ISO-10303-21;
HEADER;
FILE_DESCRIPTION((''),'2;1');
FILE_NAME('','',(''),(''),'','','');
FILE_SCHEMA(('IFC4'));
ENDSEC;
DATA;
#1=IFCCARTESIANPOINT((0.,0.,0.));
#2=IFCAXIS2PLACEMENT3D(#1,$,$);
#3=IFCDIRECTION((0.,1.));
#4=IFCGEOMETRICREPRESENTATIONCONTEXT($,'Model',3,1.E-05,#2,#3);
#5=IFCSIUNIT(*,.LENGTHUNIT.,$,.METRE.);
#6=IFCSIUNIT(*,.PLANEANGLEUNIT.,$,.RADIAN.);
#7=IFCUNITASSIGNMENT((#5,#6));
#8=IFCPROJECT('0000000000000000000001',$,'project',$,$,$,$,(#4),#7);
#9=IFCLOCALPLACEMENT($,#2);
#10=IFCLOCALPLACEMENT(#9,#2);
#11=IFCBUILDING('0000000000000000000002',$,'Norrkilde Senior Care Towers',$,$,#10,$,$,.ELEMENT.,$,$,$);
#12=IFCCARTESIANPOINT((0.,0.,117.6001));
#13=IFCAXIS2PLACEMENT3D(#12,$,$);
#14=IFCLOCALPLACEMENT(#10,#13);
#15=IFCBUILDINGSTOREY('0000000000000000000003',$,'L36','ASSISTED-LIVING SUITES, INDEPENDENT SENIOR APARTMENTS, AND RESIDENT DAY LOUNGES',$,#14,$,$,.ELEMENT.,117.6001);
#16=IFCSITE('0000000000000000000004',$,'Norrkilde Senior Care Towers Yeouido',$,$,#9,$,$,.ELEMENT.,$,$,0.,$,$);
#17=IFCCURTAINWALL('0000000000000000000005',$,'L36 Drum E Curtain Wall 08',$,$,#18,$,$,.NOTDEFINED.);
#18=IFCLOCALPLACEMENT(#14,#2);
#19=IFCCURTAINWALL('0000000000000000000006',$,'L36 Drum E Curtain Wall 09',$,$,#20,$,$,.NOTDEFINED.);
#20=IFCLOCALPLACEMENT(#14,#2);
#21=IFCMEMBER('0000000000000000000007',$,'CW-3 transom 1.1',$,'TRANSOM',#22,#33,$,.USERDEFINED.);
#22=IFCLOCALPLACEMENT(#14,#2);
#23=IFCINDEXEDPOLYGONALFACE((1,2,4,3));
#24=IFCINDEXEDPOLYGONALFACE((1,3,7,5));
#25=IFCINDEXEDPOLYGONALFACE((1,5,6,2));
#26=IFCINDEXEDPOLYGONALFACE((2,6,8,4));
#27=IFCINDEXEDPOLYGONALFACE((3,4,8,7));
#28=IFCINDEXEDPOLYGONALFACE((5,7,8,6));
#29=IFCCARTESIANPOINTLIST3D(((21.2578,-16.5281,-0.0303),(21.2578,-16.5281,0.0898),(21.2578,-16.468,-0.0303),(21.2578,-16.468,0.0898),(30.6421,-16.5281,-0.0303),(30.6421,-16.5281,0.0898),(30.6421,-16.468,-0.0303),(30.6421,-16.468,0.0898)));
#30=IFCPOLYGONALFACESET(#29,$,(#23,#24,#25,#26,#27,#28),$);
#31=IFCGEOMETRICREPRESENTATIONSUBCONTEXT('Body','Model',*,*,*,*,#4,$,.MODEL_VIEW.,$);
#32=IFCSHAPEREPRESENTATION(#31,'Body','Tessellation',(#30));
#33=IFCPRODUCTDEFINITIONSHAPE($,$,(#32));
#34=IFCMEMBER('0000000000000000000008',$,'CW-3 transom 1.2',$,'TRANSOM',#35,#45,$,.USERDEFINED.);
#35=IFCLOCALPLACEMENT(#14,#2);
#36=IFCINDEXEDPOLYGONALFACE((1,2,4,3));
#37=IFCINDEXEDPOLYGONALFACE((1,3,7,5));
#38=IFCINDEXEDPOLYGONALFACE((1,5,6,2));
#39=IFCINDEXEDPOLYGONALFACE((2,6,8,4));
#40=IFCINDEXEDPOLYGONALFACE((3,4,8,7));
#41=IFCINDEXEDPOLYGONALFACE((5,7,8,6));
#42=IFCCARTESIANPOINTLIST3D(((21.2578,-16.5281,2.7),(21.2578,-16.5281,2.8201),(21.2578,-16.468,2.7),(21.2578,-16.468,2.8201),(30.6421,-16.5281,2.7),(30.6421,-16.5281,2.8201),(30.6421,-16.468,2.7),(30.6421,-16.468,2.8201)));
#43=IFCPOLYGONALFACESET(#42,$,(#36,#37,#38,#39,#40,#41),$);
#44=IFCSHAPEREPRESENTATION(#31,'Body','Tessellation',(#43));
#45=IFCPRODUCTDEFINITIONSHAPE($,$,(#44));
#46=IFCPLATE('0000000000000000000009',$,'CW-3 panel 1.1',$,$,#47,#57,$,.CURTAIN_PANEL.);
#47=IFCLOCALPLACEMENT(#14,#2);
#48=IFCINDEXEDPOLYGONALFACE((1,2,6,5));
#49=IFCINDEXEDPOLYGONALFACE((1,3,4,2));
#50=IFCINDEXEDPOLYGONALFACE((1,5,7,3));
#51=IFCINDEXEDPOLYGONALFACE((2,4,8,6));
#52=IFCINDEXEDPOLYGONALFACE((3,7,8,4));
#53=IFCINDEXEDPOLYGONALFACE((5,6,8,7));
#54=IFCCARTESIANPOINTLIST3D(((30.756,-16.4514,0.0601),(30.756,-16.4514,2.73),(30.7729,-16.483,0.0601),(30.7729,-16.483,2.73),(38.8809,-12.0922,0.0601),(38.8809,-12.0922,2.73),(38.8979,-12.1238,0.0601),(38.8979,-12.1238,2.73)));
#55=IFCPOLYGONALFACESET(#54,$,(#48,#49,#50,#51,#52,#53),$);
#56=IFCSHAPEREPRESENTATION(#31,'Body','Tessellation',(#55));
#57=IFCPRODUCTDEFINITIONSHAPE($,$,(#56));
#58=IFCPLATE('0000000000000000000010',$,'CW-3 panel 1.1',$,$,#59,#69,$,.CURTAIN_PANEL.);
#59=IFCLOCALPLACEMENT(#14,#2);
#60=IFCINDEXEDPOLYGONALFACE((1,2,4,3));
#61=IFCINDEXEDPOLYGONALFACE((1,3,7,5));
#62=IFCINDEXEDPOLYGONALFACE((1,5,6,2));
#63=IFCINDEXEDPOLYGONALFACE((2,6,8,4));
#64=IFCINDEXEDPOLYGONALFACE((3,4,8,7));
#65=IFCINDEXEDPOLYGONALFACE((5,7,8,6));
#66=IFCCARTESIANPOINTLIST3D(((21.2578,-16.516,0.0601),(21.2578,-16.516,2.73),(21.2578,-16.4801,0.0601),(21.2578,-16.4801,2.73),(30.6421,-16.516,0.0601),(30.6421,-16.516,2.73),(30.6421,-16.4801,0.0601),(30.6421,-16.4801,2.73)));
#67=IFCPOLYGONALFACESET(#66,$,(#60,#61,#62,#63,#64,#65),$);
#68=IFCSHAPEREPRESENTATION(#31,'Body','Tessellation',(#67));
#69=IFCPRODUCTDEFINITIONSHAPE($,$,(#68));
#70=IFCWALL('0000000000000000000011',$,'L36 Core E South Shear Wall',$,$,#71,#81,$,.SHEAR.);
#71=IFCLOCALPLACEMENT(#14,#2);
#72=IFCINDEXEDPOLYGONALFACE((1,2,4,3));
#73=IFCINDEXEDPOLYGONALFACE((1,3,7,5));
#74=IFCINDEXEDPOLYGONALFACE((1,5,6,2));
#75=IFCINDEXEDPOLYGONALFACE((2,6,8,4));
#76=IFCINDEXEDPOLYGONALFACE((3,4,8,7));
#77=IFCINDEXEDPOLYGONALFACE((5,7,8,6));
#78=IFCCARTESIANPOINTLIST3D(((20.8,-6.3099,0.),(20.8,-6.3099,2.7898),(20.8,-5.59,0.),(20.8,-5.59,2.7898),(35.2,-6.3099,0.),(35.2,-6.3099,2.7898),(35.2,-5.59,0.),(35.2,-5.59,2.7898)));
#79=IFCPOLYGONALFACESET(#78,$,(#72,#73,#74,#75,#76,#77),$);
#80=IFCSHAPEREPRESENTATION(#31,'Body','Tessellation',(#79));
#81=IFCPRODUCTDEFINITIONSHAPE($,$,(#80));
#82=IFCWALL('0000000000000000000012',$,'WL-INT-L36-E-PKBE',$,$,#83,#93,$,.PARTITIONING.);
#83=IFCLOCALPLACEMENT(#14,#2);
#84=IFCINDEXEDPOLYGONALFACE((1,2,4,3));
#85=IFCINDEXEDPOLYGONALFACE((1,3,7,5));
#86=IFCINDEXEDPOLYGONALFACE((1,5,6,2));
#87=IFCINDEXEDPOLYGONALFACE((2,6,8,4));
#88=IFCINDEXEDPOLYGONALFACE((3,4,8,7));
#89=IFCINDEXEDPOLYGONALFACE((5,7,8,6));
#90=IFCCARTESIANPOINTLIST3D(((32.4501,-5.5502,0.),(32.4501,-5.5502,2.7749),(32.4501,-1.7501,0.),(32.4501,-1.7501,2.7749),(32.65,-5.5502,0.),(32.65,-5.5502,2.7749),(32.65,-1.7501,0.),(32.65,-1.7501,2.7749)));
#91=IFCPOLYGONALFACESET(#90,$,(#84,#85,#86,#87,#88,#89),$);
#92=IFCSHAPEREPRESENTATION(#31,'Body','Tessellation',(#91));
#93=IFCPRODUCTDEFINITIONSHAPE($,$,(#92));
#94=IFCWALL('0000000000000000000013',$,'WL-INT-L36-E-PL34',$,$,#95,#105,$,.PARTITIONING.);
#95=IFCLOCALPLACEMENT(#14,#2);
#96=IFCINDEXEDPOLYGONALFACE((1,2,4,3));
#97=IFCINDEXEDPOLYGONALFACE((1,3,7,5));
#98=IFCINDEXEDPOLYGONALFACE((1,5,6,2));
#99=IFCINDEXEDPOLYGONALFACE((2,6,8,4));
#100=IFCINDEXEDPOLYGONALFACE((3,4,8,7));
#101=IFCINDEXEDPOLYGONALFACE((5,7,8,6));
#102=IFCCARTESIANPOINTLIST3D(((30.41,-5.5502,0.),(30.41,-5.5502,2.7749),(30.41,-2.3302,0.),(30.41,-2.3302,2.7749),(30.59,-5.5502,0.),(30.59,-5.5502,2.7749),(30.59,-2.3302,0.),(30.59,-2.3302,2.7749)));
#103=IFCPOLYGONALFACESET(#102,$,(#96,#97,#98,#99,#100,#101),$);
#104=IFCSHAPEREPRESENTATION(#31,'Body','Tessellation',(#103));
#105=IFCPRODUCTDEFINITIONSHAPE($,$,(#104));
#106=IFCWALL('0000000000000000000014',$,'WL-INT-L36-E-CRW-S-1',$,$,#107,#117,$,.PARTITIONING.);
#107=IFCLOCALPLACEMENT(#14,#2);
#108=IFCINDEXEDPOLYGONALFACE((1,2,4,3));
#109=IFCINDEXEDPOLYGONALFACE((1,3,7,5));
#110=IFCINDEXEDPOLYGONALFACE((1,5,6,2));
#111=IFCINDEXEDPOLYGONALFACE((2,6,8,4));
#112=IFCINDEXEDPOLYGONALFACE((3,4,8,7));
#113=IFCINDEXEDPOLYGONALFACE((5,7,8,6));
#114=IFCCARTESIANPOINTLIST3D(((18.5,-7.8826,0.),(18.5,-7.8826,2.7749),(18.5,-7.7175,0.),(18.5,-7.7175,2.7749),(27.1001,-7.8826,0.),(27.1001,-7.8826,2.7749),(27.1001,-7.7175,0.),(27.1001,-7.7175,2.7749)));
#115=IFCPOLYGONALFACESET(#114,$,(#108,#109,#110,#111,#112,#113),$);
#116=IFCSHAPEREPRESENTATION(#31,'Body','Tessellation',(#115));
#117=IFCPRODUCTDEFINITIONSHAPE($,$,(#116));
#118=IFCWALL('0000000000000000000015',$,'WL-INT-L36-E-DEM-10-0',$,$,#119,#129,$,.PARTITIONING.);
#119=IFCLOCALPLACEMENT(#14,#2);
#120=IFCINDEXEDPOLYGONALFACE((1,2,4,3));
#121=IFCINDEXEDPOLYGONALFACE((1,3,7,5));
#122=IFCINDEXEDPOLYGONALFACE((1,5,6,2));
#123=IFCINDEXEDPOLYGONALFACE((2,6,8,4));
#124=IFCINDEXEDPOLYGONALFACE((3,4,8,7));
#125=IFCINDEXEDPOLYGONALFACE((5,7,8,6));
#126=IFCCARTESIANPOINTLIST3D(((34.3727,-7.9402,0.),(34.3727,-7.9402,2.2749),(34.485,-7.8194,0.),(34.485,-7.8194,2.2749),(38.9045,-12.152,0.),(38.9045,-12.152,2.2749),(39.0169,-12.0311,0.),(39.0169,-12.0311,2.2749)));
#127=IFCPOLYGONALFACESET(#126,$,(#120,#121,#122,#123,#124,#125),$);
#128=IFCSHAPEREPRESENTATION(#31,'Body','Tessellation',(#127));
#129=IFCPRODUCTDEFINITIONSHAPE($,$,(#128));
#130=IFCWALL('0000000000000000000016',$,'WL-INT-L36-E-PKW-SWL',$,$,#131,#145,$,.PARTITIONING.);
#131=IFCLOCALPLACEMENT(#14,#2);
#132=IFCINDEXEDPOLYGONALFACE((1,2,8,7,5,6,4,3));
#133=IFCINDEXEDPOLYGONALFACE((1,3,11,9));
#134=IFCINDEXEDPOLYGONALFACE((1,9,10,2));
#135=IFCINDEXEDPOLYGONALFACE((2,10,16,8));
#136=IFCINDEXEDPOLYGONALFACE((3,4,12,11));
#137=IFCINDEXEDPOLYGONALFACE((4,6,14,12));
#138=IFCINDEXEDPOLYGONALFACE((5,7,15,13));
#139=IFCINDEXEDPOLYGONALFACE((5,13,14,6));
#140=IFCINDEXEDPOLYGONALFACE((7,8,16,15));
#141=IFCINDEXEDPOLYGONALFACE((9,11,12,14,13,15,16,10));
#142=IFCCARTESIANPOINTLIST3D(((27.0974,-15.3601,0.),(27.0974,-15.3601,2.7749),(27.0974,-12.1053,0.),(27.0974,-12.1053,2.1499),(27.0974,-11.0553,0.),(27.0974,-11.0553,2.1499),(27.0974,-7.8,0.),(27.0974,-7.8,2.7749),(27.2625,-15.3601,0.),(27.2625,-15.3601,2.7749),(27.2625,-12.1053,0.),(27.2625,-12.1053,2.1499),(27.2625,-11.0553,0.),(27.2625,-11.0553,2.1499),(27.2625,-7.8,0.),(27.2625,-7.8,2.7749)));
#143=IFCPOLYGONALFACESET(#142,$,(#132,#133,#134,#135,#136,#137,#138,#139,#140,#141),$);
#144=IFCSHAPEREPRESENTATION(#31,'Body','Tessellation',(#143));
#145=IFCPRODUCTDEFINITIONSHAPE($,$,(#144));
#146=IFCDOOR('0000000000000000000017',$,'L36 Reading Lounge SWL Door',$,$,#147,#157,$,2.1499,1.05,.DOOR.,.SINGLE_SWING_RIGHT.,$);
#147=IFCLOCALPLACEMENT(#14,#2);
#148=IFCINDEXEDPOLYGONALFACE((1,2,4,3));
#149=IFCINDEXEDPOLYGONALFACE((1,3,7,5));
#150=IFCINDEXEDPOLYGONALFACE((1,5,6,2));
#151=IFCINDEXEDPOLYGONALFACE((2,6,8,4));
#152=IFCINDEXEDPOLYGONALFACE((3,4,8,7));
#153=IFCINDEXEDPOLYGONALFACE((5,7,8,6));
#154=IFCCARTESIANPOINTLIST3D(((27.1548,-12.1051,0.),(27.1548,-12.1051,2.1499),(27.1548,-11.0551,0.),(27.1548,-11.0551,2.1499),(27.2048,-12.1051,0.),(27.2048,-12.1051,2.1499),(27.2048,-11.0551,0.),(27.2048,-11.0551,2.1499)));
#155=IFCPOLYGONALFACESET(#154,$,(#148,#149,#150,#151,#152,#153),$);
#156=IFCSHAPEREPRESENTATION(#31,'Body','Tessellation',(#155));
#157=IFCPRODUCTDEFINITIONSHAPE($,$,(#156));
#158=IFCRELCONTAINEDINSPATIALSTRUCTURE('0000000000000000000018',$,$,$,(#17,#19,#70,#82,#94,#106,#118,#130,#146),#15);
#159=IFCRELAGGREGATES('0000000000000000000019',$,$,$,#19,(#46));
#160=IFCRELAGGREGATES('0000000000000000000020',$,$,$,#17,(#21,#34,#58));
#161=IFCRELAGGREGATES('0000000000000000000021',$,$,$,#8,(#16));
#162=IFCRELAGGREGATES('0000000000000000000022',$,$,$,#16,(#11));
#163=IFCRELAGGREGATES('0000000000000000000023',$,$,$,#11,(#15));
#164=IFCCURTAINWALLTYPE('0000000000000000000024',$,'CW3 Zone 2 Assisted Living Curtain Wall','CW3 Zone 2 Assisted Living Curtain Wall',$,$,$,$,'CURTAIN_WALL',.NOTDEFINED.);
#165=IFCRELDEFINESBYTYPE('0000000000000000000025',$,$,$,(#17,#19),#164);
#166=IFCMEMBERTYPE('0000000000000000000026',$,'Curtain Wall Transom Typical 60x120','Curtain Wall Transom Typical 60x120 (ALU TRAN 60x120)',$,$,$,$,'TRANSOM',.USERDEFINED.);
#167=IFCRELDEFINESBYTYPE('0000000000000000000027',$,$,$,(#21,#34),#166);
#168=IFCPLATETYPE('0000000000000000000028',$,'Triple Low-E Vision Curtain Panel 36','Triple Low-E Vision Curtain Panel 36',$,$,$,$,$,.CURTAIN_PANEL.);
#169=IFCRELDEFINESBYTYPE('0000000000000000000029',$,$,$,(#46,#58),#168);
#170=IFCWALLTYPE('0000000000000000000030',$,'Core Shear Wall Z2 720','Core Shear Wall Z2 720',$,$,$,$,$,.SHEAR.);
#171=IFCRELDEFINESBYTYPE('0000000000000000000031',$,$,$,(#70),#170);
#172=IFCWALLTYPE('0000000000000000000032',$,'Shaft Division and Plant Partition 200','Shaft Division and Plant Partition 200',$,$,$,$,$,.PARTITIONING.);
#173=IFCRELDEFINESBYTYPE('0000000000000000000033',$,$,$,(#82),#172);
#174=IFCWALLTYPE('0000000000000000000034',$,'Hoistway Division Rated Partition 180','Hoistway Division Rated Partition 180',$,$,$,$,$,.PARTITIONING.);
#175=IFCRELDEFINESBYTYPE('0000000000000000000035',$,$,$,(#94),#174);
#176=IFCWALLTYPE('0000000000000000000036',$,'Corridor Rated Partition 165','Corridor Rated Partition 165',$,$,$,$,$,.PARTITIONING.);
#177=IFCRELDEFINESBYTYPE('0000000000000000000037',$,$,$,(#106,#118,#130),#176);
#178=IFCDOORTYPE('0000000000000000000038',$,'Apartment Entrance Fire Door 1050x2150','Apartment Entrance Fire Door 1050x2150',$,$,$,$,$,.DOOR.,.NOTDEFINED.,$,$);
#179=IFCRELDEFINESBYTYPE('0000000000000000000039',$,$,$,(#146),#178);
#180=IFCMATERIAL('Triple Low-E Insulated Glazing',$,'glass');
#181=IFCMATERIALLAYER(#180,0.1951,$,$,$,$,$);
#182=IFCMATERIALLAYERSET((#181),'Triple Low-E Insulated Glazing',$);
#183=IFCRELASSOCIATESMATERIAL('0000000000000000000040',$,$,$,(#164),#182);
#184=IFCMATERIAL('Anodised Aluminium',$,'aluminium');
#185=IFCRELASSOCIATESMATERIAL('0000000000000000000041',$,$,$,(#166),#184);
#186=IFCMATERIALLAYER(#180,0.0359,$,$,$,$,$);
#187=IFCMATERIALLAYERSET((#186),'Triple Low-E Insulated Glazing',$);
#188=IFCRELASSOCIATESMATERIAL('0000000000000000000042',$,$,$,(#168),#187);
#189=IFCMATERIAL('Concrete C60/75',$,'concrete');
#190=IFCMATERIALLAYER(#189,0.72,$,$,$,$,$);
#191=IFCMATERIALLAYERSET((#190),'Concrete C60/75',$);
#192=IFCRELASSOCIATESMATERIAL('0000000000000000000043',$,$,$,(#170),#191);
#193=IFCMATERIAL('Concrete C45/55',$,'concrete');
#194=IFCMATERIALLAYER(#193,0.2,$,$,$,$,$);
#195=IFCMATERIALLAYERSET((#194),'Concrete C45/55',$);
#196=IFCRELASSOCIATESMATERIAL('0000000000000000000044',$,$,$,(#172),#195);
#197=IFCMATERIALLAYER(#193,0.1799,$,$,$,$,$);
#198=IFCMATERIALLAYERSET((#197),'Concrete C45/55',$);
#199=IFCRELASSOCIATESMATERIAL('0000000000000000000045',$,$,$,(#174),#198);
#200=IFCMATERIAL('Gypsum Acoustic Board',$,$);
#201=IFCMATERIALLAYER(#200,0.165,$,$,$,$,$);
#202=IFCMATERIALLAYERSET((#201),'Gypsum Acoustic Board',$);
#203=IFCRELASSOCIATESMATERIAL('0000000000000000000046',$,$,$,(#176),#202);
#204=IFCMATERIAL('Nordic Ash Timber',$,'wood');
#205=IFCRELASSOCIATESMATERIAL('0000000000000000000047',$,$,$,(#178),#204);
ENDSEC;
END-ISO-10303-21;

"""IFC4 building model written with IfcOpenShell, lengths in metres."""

from ifc_helpers import new_model, si_unit, direction, frame, frame_2d, origin, origin_2d, place, context, subcontext, project, spatial, rectangle, extrude, source, transform, mapped, material, layer, layer_set, material_profile, profile_set, type_object, type_shapes, element, fill, aggregate, save


model = new_model("IFC4")

# Units and contexts
model_context = context("Model", 3, precision=1e-05, world=origin(), true_north=direction((0.0, 1.0)))
body_context = subcontext(model_context, "Body", "Model", "MODEL_VIEW")
ifc_project = project(units=[si_unit("LENGTHUNIT", "METRE"), si_unit("PLANEANGLEUNIT", "RADIAN")], contexts=[model_context])

# Site, building, storey
site_placement = place(None, origin())
site = spatial("IfcSite", under=ifc_project, at=site_placement, Name="Norrkilde Senior Care Towers Yeouido", CompositionType="ELEMENT", RefElevation=0.0)
building_placement = place(site_placement, origin())
building = spatial("IfcBuilding", under=site, at=building_placement, Name="Norrkilde Senior Care Towers", CompositionType="ELEMENT")
storey_placement = place(building_placement, frame((0.0, 0.0, 117.6001)))
storey = spatial("IfcBuildingStorey", under=building, at=storey_placement, Name="L36", Description="ASSISTED-LIVING SUITES, INDEPENDENT SENIOR APARTMENTS, AND RESIDENT DAY LOUNGES", CompositionType="ELEMENT", Elevation=117.6001)

# Shared definitions
ifc_material_1 = material(Name="Concrete C60/75", Category="concrete")

# Curtain walls
ifc_material_2 = material(Name="Triple Low-E Insulated Glazing", Category="glass")
ifc_layer_1 = layer(ifc_material_2, 0.1951)
ifc_layer_set_1 = layer_set([ifc_layer_1], Name="Triple Low-E Insulated Glazing")
curtain_wall_type = type_object("IfcCurtainWallType", Name="CW3 Zone 2 Assisted Living Curtain Wall", Description="CW3 Zone 2 Assisted Living Curtain Wall", ElementType="CURTAIN_WALL", PredefinedType="NOTDEFINED", material=ifc_layer_set_1)
curtain_wall_1_placement = place(storey_placement, origin())
curtain_wall_1 = element("IfcCurtainWall", 1, at=curtain_wall_1_placement, inside=storey, type_object=curtain_wall_type, Name="L36 Drum E Curtain Wall 08", PredefinedType="NOTDEFINED")
ifc_material_3 = material(Name="Anodised Aluminium", Category="aluminium")
curtain_wall_2_placement = place(storey_placement, origin())
curtain_wall_2 = element("IfcCurtainWall", 2, at=curtain_wall_2_placement, inside=storey, type_object=curtain_wall_type, Name="L36 Drum E Curtain Wall 09", PredefinedType="NOTDEFINED")

# Members
ifc_material_profile_1 = material_profile(ifc_material_3, rectangle(XDim=0.0601, YDim=0.1201, at=origin_2d()), Name="ALU TRAN 60x120")
ifc_profile_set_1 = profile_set([ifc_material_profile_1], Name="Anodised Aluminium")
member_type_1 = type_object("IfcMemberType", Name="Curtain Wall Transom Typical 60x120", Description="Curtain Wall Transom Typical 60x120 (ALU TRAN 60x120)", ElementType="TRANSOM", PredefinedType="USERDEFINED", material=ifc_profile_set_1)
shared_shape_1 = source(origin(), body_context, "Body", "SweptSolid", [
    extrude(rectangle(XDim=0.0601, YDim=0.1201, at=origin_2d()), origin(), (0.0, 0.0, 1.0), 9.3843),
])
type_shapes(member_type_1, [shared_shape_1])
member_1_placement = place(storey_placement, frame((30.6421, -16.498, 0.0298), z_axis=(-1.0, 0.0, 0.0), x_axis=(0.0, -1.0, 0.0)))
member_1 = element("IfcMember", 3, at=member_1_placement, type_object=member_type_1, Name="CW-3 transom 1.1", ObjectType="TRANSOM", PredefinedType="USERDEFINED", context=body_context, shape_type="MappedRepresentation", body=[
    mapped(shared_shape_1, transform((0.0, 0.0, 0.0), x_axis=(1.0, 0.0, 0.0), y_axis=(0.0, 1.0, 0.0), z_axis=(0.0, 0.0, 1.0), scale=1.0)),
])
member_2_placement = place(storey_placement, frame((30.6421, -16.498, 2.76), z_axis=(-1.0, 0.0, 0.0), x_axis=(0.0, -1.0, 0.0)))
member_2 = element("IfcMember", 4, at=member_2_placement, type_object=member_type_1, Name="CW-3 transom 1.2", ObjectType="TRANSOM", PredefinedType="USERDEFINED", context=body_context, shape_type="MappedRepresentation", body=[
    mapped(shared_shape_1, transform((0.0, 0.0, 0.0), x_axis=(1.0, 0.0, 0.0), y_axis=(0.0, 1.0, 0.0), z_axis=(0.0, 0.0, 1.0), scale=1.0)),
])

# Plates
ifc_layer_2 = layer(ifc_material_2, 0.0359)
ifc_layer_set_2 = layer_set([ifc_layer_2], Name="Triple Low-E Insulated Glazing")
plate_type = type_object("IfcPlateType", Name="Triple Low-E Vision Curtain Panel 36", Description="Triple Low-E Vision Curtain Panel 36", PredefinedType="CURTAIN_PANEL", material=ifc_layer_set_2)
shared_shape_2 = source(origin(), body_context, "Body", "SweptSolid", [
    extrude(rectangle(XDim=9.2205, YDim=0.0359, at=origin_2d()), origin(), (0.0, 0.0, 1.0), 2.6699),
])
plate_1_placement = place(storey_placement, frame((34.8269, -14.2876, 0.0601), z_axis=(0.0, 0.0, 1.0), x_axis=(-0.881186, -0.472769, 0.0)))
plate_1 = element("IfcPlate", 5, at=plate_1_placement, type_object=plate_type, Name="CW-3 panel 1.1", PredefinedType="CURTAIN_PANEL", context=body_context, shape_type="MappedRepresentation", body=[
    mapped(shared_shape_2, transform((0.0, 0.0, 0.0), x_axis=(1.0, 0.0, 0.0), y_axis=(0.0, 1.0, 0.0), z_axis=(0.0, 0.0, 1.0), scale=1.0)),
])
aggregate(curtain_wall_2, [plate_1])
shared_shape_3 = source(origin(), body_context, "Body", "SweptSolid", [
    extrude(rectangle(XDim=9.3843, YDim=0.0359, at=origin_2d()), origin(), (0.0, 0.0, 1.0), 2.6699),
])
type_shapes(plate_type, [shared_shape_2, shared_shape_3])
plate_2_placement = place(storey_placement, frame((25.95, -16.498, 0.0601), z_axis=(0.0, 0.0, 1.0), x_axis=(-1.0, 0.0, 0.0)))
plate_2 = element("IfcPlate", 6, at=plate_2_placement, type_object=plate_type, Name="CW-3 panel 1.1", PredefinedType="CURTAIN_PANEL", context=body_context, shape_type="MappedRepresentation", body=[
    mapped(shared_shape_3, transform((0.0, 0.0, 0.0), x_axis=(1.0, 0.0, 0.0), y_axis=(0.0, 1.0, 0.0), z_axis=(0.0, 0.0, 1.0), scale=1.0)),
])
aggregate(curtain_wall_1, [member_1, member_2, plate_2])

# Walls
ifc_layer_3 = layer(ifc_material_1, 0.72)
ifc_layer_set_3 = layer_set([ifc_layer_3], Name="Concrete C60/75")
wall_type_1 = type_object("IfcWallType", Name="Core Shear Wall Z2 720", Description="Core Shear Wall Z2 720", PredefinedType="SHEAR", material=ifc_layer_set_3)
shared_shape_4 = source(origin(), body_context, "Body", "SweptSolid", [
    extrude(rectangle(XDim=14.3999, YDim=0.72, at=frame_2d((7.2, 0.0))), origin(), (0.0, 0.0, 1.0), 2.7898),
])
type_shapes(wall_type_1, [shared_shape_4])
wall_1_placement = place(storey_placement, frame((35.2, -5.95, 0.0), z_axis=(0.0, 0.0, 1.0), x_axis=(-1.0, 0.0, 0.0)))
element("IfcWall", 7, at=wall_1_placement, inside=storey, type_object=wall_type_1, Name="L36 Core E South Shear Wall", PredefinedType="SHEAR", context=body_context, shape_type="MappedRepresentation", body=[
    mapped(shared_shape_4, transform((0.0, 0.0, 0.0), x_axis=(1.0, 0.0, 0.0), y_axis=(0.0, 1.0, 0.0), z_axis=(0.0, 0.0, 1.0), scale=1.0)),
])
ifc_material_4 = material(Name="Concrete C45/55", Category="concrete")
ifc_layer_4 = layer(ifc_material_4, 0.2)
ifc_layer_set_4 = layer_set([ifc_layer_4], Name="Concrete C45/55")
wall_type_2 = type_object("IfcWallType", Name="Shaft Division and Plant Partition 200", Description="Shaft Division and Plant Partition 200", PredefinedType="PARTITIONING", material=ifc_layer_set_4)
shared_shape_5 = source(origin(), body_context, "Body", "SweptSolid", [
    extrude(rectangle(XDim=3.8, YDim=0.2, at=frame_2d((1.8999, 0.0))), origin(), (0.0, 0.0, 1.0), 2.7749),
])
type_shapes(wall_type_2, [shared_shape_5])
wall_2_placement = place(storey_placement, frame((32.55, -5.55, 0.0), z_axis=(0.0, 0.0, 1.0), x_axis=(0.0, 1.0, 0.0)))
element("IfcWall", 8, at=wall_2_placement, inside=storey, type_object=wall_type_2, Name="WL-INT-L36-E-PKBE", PredefinedType="PARTITIONING", context=body_context, shape_type="MappedRepresentation", body=[
    mapped(shared_shape_5, transform((0.0, 0.0, 0.0), x_axis=(1.0, 0.0, 0.0), y_axis=(0.0, 1.0, 0.0), z_axis=(0.0, 0.0, 1.0), scale=1.0)),
])
ifc_layer_5 = layer(ifc_material_4, 0.1799)
ifc_layer_set_5 = layer_set([ifc_layer_5], Name="Concrete C45/55")
wall_type_3 = type_object("IfcWallType", Name="Hoistway Division Rated Partition 180", Description="Hoistway Division Rated Partition 180", PredefinedType="PARTITIONING", material=ifc_layer_set_5)
shared_shape_6 = source(origin(), body_context, "Body", "SweptSolid", [
    extrude(rectangle(XDim=3.22, YDim=0.1799, at=frame_2d((1.6099, 0.0))), origin(), (0.0, 0.0, 1.0), 2.7749),
])
type_shapes(wall_type_3, [shared_shape_6])
wall_3_placement = place(storey_placement, frame((30.5, -5.55, 0.0), z_axis=(0.0, 0.0, 1.0), x_axis=(0.0, 1.0, 0.0)))
element("IfcWall", 9, at=wall_3_placement, inside=storey, type_object=wall_type_3, Name="WL-INT-L36-E-PL34", PredefinedType="PARTITIONING", context=body_context, shape_type="MappedRepresentation", body=[
    mapped(shared_shape_6, transform((0.0, 0.0, 0.0), x_axis=(1.0, 0.0, 0.0), y_axis=(0.0, 1.0, 0.0), z_axis=(0.0, 0.0, 1.0), scale=1.0)),
])
ifc_material_5 = material(Name="Gypsum Acoustic Board")
ifc_layer_6 = layer(ifc_material_5, 0.165)
ifc_layer_set_6 = layer_set([ifc_layer_6], Name="Gypsum Acoustic Board")
wall_type_4 = type_object("IfcWallType", Name="Corridor Rated Partition 165", Description="Corridor Rated Partition 165", PredefinedType="PARTITIONING", material=ifc_layer_set_6)
shared_shape_7 = source(origin(), body_context, "Body", "SweptSolid", [
    extrude(rectangle(XDim=8.6001, YDim=0.165, at=frame_2d((4.3, 0.0))), origin(), (0.0, 0.0, 1.0), 2.7749),
])
wall_4_placement = place(storey_placement, frame((27.1001, -7.8, 0.0), z_axis=(0.0, 0.0, 1.0), x_axis=(-1.0, 0.0, 0.0)))
element("IfcWall", 10, at=wall_4_placement, inside=storey, type_object=wall_type_4, Name="WL-INT-L36-E-CRW-S-1", PredefinedType="PARTITIONING", context=body_context, shape_type="MappedRepresentation", body=[
    mapped(shared_shape_7, transform((0.0, 0.0, 0.0), x_axis=(1.0, 0.0, 0.0), y_axis=(0.0, 1.0, 0.0), z_axis=(0.0, 0.0, 1.0), scale=1.0)),
])
shared_shape_8 = source(origin(), body_context, "Body", "SweptSolid", [
    extrude(rectangle(XDim=6.1868, YDim=0.165, at=frame_2d((3.0933, 0.0))), origin(), (0.0, 0.0, 1.0), 2.2749),
])
wall_5_placement = place(storey_placement, frame((34.429, -7.8799, 0.0), z_axis=(0.0, 0.0, 1.0), x_axis=(0.732501, -0.680766, 0.0)))
element("IfcWall", 11, at=wall_5_placement, inside=storey, type_object=wall_type_4, Name="WL-INT-L36-E-DEM-10-0", PredefinedType="PARTITIONING", context=body_context, shape_type="MappedRepresentation", body=[
    mapped(shared_shape_8, transform((0.0, 0.0, 0.0), x_axis=(1.0, 0.0, 0.0), y_axis=(0.0, 1.0, 0.0), z_axis=(0.0, 0.0, 1.0), scale=1.0)),
])

# Wall, opening, door
shared_shape_9 = source(origin(), body_context, "Body", "SweptSolid", [
    extrude(rectangle(XDim=7.5601, YDim=0.165, at=frame_2d((3.78, 0.0))), origin(), (0.0, 0.0, 1.0), 2.7749),
])
wall_6_placement = place(storey_placement, frame((27.1799, -15.3601, 0.0), z_axis=(0.0, 0.0, 1.0), x_axis=(0.0, 1.0, 0.0)))
wall_6 = element("IfcWall", 12, at=wall_6_placement, inside=storey, type_object=wall_type_4, Name="WL-INT-L36-E-PKW-SWL", PredefinedType="PARTITIONING", context=body_context, shape_type="MappedRepresentation", body=[
    mapped(shared_shape_9, transform((0.0, 0.0, 0.0), x_axis=(1.0, 0.0, 0.0), y_axis=(0.0, 1.0, 0.0), z_axis=(0.0, 0.0, 1.0), scale=1.0)),
])
opening_1_placement = place(wall_6_placement, frame((3.2549, 0.0, 0.0)))
opening_1 = element("IfcOpeningElement", 13, at=opening_1_placement, cuts=wall_6, PredefinedType="OPENING", context=body_context, shape_type="SweptSolid", body=[
    extrude(rectangle(XDim=1.05, YDim=2.1499, at=frame_2d((0.5249, 1.075))), frame((0.0, 0.0925, 0.0), z_axis=(0.0, -1.0, 0.0), x_axis=(1.0, 0.0, 0.0)), (0.0, 0.0, 1.0), 0.1851),
])
ifc_material_6 = material(Name="Nordic Ash Timber", Category="wood")
door_type = type_object("IfcDoorType", Name="Apartment Entrance Fire Door 1050x2150", Description="Apartment Entrance Fire Door 1050x2150", OperationType="NOTDEFINED", PredefinedType="DOOR", material=ifc_material_6)
shared_shape_10 = source(origin(), body_context, "Body", "SweptSolid", [
    extrude(rectangle(XDim=1.05, YDim=2.1499, at=frame_2d((0.5249, 1.075))), frame((0.0, 0.0249, 0.0), z_axis=(0.0, -1.0, 0.0), x_axis=(1.0, 0.0, 0.0)), (0.0, 0.0, 1.0), 0.05),
])
type_shapes(door_type, [shared_shape_10])
door_1_placement = place(opening_1_placement, frame((1.05, 0.0, 0.0), z_axis=(0.0, 0.0, 1.0), x_axis=(-1.0, 0.0, 0.0)))
door_1 = element("IfcDoor", 14, at=door_1_placement, inside=storey, type_object=door_type, Name="L36 Reading Lounge SWL Door", OperationType="SINGLE_SWING_RIGHT", OverallHeight=2.1499, OverallWidth=1.05, PredefinedType="DOOR", context=body_context, shape_type="MappedRepresentation", body=[
    mapped(shared_shape_10, transform((0.0, 0.0, 0.0), x_axis=(1.0, 0.0, 0.0), y_axis=(0.0, 1.0, 0.0), z_axis=(0.0, 0.0, 1.0), scale=1.0)),
])
fill(opening_1, door_1)

save(model, "model.ifc")
